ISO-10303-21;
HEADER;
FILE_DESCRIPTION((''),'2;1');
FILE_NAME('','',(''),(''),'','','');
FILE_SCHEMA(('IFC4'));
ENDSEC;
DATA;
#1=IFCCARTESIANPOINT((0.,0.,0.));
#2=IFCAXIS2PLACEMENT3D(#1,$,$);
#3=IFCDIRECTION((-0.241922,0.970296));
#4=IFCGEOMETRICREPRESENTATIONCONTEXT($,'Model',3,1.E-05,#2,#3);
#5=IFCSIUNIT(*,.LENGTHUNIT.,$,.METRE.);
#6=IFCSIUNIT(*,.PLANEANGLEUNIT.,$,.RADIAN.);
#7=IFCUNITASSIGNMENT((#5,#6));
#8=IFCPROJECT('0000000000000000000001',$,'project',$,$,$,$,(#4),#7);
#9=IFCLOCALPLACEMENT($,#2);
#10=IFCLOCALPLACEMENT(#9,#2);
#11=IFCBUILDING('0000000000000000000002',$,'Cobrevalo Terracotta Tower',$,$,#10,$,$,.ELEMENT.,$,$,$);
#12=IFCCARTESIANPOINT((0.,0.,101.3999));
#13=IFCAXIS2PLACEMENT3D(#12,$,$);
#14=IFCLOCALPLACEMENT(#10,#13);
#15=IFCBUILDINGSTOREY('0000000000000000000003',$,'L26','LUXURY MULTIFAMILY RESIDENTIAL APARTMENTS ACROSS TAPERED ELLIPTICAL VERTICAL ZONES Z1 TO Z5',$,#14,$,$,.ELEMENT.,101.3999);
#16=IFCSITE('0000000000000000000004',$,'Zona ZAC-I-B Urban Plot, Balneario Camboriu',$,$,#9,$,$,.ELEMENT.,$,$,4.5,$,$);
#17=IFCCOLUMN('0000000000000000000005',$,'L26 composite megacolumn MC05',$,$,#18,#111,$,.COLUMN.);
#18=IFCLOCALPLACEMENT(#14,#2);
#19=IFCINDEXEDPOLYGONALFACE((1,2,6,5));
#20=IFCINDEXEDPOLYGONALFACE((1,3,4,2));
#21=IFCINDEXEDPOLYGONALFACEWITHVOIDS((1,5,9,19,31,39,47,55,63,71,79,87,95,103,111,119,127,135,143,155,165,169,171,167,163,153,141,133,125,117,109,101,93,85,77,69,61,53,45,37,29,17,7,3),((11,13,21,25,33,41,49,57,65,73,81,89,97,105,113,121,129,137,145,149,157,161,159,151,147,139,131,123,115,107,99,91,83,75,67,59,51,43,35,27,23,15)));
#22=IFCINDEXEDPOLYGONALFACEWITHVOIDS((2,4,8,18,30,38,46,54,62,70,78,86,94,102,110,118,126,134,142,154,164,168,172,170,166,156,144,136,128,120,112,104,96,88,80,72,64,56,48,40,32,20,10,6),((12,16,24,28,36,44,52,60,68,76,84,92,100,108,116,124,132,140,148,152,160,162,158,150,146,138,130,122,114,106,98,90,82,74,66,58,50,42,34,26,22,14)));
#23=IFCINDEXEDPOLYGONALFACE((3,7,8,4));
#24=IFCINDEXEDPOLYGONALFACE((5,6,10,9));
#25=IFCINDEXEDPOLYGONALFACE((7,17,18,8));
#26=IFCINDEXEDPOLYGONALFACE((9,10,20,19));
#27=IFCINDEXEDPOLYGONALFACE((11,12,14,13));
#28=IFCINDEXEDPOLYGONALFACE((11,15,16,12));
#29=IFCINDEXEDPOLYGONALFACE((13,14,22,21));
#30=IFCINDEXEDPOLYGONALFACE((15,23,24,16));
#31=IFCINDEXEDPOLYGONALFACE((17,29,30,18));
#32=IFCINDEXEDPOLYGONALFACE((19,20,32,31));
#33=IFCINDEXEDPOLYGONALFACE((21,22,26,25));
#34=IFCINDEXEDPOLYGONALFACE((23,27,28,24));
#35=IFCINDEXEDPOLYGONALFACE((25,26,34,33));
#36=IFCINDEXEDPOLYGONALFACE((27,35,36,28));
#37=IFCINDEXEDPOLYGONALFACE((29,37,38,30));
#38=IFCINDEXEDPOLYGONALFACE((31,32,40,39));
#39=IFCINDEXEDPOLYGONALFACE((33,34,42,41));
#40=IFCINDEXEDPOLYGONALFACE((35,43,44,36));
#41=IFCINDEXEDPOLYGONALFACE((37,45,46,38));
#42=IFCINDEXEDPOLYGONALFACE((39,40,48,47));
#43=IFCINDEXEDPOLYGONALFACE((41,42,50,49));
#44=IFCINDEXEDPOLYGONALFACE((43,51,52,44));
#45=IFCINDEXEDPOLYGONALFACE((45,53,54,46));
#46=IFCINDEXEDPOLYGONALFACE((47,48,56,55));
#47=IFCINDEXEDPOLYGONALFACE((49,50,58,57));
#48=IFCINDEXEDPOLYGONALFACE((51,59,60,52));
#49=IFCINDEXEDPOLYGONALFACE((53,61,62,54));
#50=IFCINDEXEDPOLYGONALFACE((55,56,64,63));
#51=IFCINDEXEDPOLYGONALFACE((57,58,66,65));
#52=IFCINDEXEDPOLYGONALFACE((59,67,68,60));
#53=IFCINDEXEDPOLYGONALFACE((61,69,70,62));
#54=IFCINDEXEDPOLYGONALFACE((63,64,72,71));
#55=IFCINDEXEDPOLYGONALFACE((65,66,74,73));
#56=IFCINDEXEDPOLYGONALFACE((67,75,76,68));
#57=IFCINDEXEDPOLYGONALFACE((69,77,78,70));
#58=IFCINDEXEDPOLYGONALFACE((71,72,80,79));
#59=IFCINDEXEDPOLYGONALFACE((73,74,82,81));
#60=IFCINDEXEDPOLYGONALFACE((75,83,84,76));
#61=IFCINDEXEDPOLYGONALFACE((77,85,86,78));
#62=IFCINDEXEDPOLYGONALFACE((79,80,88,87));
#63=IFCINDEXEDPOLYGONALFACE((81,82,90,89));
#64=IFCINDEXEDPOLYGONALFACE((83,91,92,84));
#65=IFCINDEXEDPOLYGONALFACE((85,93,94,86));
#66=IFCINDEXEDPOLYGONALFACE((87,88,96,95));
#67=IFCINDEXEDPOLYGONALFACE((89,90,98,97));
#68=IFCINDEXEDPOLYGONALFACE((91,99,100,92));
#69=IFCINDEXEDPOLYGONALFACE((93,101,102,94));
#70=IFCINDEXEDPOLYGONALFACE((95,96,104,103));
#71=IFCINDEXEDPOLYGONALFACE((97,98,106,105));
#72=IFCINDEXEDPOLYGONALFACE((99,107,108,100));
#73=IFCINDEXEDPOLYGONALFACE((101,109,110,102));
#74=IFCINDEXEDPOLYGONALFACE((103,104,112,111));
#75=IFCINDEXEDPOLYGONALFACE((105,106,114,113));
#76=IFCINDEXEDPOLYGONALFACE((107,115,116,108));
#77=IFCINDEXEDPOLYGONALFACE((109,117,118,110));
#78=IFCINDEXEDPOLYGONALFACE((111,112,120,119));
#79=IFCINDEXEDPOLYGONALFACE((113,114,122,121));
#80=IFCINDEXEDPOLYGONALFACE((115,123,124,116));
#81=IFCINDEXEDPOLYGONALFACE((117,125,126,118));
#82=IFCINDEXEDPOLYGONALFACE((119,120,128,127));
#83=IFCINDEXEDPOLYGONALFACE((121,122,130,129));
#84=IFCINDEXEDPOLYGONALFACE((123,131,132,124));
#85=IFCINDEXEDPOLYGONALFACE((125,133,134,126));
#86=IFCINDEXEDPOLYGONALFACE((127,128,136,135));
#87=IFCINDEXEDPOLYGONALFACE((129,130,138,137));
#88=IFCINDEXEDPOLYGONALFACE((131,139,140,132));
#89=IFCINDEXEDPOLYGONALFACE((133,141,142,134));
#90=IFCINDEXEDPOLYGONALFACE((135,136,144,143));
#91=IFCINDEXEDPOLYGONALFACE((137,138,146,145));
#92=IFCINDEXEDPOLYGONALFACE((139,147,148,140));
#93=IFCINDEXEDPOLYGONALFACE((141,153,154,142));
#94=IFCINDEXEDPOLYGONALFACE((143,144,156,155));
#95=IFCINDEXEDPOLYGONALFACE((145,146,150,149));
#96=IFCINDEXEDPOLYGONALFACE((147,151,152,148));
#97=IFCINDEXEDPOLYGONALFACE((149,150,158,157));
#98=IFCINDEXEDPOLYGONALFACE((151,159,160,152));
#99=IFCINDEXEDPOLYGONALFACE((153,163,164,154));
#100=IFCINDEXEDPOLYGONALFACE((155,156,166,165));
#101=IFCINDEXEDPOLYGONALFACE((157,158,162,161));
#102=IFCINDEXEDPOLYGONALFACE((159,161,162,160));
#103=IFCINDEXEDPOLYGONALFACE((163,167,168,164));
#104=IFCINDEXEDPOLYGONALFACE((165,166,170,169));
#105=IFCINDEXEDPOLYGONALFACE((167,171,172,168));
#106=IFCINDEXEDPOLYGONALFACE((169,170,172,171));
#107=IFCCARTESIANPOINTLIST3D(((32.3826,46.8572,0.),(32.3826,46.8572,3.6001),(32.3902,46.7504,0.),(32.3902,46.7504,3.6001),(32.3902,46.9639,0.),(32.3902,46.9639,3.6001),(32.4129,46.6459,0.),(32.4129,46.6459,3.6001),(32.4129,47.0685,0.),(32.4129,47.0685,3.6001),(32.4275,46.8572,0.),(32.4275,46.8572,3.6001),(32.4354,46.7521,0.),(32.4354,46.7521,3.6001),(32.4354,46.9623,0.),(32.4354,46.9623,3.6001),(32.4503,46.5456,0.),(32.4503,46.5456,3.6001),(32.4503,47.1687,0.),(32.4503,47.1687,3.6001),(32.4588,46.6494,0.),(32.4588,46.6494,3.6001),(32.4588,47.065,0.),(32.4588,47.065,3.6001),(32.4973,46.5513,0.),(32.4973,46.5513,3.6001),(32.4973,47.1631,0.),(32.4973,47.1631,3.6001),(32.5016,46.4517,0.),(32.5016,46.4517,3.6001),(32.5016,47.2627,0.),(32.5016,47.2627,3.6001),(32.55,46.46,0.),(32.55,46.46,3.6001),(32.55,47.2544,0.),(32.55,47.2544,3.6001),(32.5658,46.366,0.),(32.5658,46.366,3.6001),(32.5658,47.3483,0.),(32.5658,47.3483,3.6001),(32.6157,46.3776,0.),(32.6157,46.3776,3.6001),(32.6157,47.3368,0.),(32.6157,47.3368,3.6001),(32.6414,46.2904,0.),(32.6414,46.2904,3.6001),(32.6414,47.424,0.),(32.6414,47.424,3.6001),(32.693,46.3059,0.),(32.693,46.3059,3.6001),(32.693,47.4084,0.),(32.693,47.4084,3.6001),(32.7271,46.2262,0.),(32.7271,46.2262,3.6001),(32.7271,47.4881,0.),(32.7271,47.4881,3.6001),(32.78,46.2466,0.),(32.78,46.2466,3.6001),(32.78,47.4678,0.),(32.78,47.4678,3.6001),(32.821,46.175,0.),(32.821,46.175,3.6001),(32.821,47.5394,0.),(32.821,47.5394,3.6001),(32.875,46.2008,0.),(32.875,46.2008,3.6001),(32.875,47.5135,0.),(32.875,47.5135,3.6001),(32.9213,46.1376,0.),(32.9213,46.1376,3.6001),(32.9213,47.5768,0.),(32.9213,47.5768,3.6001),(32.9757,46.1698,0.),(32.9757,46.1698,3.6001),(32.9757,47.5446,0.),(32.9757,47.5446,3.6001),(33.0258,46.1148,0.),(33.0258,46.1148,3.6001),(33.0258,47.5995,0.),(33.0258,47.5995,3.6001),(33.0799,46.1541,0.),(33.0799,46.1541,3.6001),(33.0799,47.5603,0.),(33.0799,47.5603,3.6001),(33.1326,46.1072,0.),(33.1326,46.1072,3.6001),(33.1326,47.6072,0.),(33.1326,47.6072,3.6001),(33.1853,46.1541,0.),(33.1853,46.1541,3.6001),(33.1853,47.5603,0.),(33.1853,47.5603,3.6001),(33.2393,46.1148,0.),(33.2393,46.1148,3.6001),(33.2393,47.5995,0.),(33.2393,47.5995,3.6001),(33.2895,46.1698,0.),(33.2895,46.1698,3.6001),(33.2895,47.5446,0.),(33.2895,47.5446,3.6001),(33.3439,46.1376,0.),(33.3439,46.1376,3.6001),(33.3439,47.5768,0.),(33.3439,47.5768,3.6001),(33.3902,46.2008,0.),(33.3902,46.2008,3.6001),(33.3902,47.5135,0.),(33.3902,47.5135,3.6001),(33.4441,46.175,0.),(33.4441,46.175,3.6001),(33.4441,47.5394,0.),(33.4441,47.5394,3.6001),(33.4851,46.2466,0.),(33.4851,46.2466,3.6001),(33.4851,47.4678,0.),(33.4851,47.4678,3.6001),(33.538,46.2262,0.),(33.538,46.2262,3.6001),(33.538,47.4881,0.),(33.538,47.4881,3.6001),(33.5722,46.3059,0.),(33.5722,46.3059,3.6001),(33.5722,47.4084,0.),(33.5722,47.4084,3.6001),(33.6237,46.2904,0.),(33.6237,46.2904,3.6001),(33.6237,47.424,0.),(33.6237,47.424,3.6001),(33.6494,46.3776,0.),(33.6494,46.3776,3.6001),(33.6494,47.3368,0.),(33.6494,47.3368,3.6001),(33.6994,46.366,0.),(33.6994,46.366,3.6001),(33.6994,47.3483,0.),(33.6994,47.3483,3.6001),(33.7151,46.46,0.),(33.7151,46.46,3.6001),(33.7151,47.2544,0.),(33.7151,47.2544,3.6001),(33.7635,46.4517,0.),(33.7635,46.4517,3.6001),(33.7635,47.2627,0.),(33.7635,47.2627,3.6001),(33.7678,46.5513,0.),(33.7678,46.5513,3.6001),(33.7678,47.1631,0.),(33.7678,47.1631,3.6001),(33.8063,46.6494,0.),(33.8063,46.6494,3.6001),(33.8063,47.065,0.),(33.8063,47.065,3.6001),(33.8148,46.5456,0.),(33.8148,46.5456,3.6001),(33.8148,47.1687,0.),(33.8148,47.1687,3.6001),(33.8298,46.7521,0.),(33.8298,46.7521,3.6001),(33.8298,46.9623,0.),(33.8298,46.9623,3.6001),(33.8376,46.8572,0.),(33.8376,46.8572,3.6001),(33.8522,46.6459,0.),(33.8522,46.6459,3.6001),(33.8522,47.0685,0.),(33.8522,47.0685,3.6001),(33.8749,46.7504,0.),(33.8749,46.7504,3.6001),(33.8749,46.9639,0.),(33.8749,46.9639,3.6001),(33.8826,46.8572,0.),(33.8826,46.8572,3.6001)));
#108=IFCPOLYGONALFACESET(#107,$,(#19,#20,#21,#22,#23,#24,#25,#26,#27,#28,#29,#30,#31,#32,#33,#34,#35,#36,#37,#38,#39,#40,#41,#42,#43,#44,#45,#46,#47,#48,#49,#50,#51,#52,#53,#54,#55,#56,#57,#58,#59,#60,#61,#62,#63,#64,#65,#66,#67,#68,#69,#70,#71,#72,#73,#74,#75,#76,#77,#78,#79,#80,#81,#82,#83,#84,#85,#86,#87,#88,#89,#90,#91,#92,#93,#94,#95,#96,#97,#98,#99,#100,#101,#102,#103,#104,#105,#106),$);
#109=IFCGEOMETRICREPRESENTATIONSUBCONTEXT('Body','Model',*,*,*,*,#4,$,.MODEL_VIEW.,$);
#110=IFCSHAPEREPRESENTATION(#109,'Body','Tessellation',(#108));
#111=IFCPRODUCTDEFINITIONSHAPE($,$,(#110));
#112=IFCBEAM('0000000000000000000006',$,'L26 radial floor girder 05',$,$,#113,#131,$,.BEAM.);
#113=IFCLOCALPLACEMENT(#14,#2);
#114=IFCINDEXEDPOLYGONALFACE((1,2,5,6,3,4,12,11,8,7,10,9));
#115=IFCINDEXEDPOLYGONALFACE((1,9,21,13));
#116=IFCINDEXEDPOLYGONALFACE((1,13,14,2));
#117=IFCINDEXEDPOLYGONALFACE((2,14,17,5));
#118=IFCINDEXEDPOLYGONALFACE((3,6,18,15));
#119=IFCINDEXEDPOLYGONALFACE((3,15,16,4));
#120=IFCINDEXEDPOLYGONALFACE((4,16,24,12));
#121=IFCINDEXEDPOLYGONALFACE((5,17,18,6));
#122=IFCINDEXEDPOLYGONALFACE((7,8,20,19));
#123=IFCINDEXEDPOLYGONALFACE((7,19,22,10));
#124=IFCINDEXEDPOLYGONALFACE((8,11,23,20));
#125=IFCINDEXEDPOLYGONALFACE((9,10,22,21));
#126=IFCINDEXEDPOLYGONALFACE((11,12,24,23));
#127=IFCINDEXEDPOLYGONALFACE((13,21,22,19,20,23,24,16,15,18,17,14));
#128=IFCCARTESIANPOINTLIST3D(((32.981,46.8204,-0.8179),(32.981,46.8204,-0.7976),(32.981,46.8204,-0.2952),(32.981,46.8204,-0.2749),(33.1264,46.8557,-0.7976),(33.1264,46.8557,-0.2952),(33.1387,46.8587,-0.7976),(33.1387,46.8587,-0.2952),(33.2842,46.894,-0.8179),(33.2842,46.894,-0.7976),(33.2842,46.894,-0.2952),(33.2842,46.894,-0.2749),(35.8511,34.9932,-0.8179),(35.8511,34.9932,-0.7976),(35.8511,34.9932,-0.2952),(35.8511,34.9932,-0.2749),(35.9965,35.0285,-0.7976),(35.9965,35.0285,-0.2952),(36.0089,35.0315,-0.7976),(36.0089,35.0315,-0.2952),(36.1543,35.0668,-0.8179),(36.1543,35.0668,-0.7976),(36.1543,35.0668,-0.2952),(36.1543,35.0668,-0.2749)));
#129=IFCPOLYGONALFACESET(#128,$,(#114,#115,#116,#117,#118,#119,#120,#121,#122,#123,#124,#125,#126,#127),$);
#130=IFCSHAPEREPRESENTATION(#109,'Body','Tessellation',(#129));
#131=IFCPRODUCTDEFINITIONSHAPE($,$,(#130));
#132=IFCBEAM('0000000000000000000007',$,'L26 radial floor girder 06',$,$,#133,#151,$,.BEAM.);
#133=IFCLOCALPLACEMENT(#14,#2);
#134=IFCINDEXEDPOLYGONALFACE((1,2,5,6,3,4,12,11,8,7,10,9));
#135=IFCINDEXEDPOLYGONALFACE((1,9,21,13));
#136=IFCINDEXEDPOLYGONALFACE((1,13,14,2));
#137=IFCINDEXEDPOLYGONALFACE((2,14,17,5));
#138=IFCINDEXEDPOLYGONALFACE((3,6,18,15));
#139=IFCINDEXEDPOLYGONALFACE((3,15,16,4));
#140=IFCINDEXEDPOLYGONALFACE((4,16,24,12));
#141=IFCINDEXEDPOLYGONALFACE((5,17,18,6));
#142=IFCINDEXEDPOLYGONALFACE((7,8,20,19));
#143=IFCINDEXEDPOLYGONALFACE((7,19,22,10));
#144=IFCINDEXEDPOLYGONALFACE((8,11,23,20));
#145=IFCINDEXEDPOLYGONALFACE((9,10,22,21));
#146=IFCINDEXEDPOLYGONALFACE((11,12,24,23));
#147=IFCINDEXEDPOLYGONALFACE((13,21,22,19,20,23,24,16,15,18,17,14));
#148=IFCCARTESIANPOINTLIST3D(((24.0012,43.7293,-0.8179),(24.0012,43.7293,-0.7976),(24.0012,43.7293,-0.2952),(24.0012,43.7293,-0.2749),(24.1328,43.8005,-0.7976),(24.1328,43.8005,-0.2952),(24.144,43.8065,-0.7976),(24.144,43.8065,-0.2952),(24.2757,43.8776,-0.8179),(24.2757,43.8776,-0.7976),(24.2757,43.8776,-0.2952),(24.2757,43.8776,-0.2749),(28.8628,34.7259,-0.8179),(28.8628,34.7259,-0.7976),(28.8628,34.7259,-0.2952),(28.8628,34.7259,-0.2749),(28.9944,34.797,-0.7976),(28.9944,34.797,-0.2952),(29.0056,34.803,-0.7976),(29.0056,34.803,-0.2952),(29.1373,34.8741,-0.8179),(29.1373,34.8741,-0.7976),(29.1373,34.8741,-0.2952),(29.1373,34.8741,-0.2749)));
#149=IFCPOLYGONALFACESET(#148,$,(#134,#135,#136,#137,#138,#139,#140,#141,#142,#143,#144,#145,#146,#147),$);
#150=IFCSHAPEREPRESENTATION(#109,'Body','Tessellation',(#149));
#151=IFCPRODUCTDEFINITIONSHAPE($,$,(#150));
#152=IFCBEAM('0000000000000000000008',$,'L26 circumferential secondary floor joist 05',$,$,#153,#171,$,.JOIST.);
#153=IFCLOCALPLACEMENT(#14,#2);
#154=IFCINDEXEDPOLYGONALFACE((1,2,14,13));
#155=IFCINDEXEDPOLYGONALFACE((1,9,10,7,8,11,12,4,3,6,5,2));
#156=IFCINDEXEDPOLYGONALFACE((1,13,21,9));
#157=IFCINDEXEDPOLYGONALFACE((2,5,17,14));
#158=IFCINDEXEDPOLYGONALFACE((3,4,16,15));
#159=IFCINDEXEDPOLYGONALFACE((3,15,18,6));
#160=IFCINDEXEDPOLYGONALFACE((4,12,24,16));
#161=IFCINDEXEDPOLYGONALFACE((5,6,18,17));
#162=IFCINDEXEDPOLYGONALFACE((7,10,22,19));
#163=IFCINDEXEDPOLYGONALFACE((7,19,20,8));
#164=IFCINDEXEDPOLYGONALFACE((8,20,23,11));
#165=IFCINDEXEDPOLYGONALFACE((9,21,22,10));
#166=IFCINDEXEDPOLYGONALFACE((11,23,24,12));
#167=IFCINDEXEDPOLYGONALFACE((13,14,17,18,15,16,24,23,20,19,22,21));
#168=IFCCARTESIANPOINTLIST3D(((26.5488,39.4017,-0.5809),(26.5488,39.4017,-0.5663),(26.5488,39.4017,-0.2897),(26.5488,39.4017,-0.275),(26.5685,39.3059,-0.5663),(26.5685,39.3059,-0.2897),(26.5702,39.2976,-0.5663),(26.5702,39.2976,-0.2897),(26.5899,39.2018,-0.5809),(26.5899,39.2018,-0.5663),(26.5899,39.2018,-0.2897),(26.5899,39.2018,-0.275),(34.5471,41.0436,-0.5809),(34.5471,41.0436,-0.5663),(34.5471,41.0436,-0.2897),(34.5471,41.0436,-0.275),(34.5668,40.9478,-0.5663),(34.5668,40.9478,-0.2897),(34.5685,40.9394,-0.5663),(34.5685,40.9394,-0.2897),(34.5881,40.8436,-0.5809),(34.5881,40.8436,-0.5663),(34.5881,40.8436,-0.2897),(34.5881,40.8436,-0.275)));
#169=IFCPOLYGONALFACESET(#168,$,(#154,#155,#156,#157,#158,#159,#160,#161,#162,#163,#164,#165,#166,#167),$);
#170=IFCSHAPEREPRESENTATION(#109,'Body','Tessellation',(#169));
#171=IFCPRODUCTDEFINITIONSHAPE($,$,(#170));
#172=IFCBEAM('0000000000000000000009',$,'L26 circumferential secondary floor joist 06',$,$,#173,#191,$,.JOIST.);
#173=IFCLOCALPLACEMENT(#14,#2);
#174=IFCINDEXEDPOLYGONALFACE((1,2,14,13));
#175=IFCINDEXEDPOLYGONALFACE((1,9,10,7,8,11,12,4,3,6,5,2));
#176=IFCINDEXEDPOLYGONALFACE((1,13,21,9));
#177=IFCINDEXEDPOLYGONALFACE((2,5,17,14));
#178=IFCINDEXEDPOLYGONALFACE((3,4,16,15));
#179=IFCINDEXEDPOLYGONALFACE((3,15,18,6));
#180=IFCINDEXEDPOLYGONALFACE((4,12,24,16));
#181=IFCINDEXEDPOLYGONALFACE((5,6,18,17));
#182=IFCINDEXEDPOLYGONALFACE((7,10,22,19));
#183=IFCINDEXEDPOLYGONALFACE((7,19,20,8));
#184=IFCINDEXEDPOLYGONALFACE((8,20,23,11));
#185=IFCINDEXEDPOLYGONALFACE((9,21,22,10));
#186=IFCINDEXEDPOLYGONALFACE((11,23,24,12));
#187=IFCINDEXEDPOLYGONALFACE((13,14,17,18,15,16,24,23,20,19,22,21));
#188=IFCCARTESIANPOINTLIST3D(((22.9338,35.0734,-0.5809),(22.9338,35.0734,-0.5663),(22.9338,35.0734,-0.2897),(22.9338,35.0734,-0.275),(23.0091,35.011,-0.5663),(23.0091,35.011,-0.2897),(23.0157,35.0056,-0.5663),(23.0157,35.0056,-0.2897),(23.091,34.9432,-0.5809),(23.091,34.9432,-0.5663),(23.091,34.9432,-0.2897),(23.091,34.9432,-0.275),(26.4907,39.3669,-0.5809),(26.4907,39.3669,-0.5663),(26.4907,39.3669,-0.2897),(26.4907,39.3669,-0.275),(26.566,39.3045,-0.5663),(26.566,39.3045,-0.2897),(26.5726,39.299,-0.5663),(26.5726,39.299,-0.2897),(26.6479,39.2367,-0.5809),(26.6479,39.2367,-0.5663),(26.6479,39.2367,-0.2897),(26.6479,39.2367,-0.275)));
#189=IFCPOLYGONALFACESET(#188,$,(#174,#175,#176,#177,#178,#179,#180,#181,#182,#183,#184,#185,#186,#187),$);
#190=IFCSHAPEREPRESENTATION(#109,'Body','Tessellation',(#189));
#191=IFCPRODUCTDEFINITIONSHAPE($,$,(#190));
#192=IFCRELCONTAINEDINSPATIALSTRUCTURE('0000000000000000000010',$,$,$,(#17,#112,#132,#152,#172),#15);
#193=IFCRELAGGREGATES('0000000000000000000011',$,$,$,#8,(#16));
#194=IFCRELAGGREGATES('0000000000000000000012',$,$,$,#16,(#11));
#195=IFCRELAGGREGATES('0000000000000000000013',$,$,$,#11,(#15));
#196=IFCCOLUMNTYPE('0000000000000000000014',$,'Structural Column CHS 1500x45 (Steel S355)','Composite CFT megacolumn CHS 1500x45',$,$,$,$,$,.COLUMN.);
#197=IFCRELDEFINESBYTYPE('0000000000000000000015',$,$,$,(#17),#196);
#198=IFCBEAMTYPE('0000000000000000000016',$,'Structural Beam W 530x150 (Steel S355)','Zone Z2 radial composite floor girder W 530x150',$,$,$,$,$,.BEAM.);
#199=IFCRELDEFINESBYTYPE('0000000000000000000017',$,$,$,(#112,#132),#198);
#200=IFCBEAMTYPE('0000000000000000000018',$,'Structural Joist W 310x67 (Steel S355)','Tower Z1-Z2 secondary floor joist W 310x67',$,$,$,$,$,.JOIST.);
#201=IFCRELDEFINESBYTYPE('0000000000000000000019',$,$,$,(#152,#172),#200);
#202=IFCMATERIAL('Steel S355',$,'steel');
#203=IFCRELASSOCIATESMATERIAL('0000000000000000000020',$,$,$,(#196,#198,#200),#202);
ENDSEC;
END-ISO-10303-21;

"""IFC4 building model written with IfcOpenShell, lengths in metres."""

from ifc_helpers import new_model, si_unit, direction, frame, origin, origin_2d, place, context, subcontext, project, spatial, hollow_circle, i_section, extrude, material, material_profile, profile_set, type_object, element, save


model = new_model("IFC4")

# Units and contexts
model_context = context("Model", 3, precision=1e-05, world=origin(), true_north=direction((-0.241922, 0.970296)))
body_context = subcontext(model_context, "Body", "Model", "MODEL_VIEW")
ifc_project = project(units=[si_unit("LENGTHUNIT", "METRE"), si_unit("PLANEANGLEUNIT", "RADIAN")], contexts=[model_context])

# Site, building, storey
site_placement = place(None, origin())
site = spatial("IfcSite", under=ifc_project, at=site_placement, Name="Zona ZAC-I-B Urban Plot, Balneario Camboriu", CompositionType="ELEMENT", RefElevation=4.5)
building_placement = place(site_placement, origin())
building = spatial("IfcBuilding", under=site, at=building_placement, Name="Cobrevalo Terracotta Tower", CompositionType="ELEMENT")
storey_placement = place(building_placement, frame((0.0, 0.0, 101.3999)))
storey = spatial("IfcBuildingStorey", under=building, at=storey_placement, Name="L26", Description="LUXURY MULTIFAMILY RESIDENTIAL APARTMENTS ACROSS TAPERED ELLIPTICAL VERTICAL ZONES Z1 TO Z5", CompositionType="ELEMENT", Elevation=101.3999)

# Column
ifc_material_1 = material(Name="Steel S355", Category="steel")
ifc_material_profile_1 = material_profile(ifc_material_1, hollow_circle(Radius=0.75, WallThickness=0.0449, at=origin_2d()), Name="CHS 1500x45")
ifc_profile_set_1 = profile_set([ifc_material_profile_1], Name="Steel S355")
column_type = type_object("IfcColumnType", Name="Structural Column CHS 1500x45 (Steel S355)", Description="Composite CFT megacolumn CHS 1500x45", PredefinedType="COLUMN", material=ifc_profile_set_1)
column_placement = place(storey_placement, frame((33.1326, 46.8572, 0.0), z_axis=(0.0, 0.0, 1.0), x_axis=(1.0, 0.0, 0.0)))
element("IfcColumn", 1, at=column_placement, inside=storey, type_object=column_type, Name="L26 composite megacolumn MC05", PredefinedType="COLUMN", context=body_context, shape_type="SweptSolid", body=[
    extrude(hollow_circle(Radius=0.75, WallThickness=0.0449, at=origin_2d()), origin(), (0.0, 0.0, 1.0), 3.6001),
])

# Beams
ifc_material_profile_2 = material_profile(ifc_material_1, i_section(OverallWidth=0.312, OverallDepth=0.543, WebThickness=0.0127, FlangeThickness=0.0203, at=origin_2d()), Name="W 530x150")
ifc_profile_set_2 = profile_set([ifc_material_profile_2], Name="Steel S355")
beam_type_1 = type_object("IfcBeamType", Name="Structural Beam W 530x150 (Steel S355)", Description="Zone Z2 radial composite floor girder W 530x150", PredefinedType="BEAM", material=ifc_profile_set_2)
beam_1_placement = place(storey_placement, frame((33.1326, 46.8572, -0.5464), z_axis=(0.235827, -0.971795, 0.0), x_axis=(0.971795, 0.235827, 0.0)))
element("IfcBeam", 2, at=beam_1_placement, inside=storey, type_object=beam_type_1, Name="L26 radial floor girder 05", PredefinedType="BEAM", context=body_context, shape_type="SweptSolid", body=[
    extrude(i_section(OverallWidth=0.312, OverallDepth=0.543, WebThickness=0.0127, FlangeThickness=0.0203, at=origin_2d()), origin(), (0.0, 0.0, 1.0), 12.1704),
])
beam_2_placement = place(storey_placement, frame((24.1384, 43.8035, -0.5464), z_axis=(0.475128, -0.879917, 0.0), x_axis=(0.879917, 0.475128, 0.0)))
element("IfcBeam", 3, at=beam_2_placement, inside=storey, type_object=beam_type_1, Name="L26 radial floor girder 06", PredefinedType="BEAM", context=body_context, shape_type="SweptSolid", body=[
    extrude(i_section(OverallWidth=0.312, OverallDepth=0.543, WebThickness=0.0127, FlangeThickness=0.0203, at=origin_2d()), origin(), (0.0, 0.0, 1.0), 10.2322),
])
ifc_material_profile_3 = material_profile(ifc_material_1, i_section(OverallWidth=0.2041, OverallDepth=0.3059, WebThickness=0.0085, FlangeThickness=0.0146, at=origin_2d()), Name="W 310x67")
ifc_profile_set_3 = profile_set([ifc_material_profile_3], Name="Steel S355")
beam_type_2 = type_object("IfcBeamType", Name="Structural Joist W 310x67 (Steel S355)", Description="Tower Z1-Z2 secondary floor joist W 310x67", PredefinedType="JOIST", material=ifc_profile_set_3)
beam_3_placement = place(storey_placement, frame((34.5676, 40.9436, -0.428), z_axis=(-0.979574, -0.201082, 0.0), x_axis=(0.201082, -0.979574, 0.0)))
element("IfcBeam", 4, at=beam_3_placement, inside=storey, type_object=beam_type_2, Name="L26 circumferential secondary floor joist 05", PredefinedType="JOIST", context=body_context, shape_type="SweptSolid", body=[
    extrude(i_section(OverallWidth=0.2041, OverallDepth=0.3059, WebThickness=0.0085, FlangeThickness=0.0146, at=origin_2d()), origin(), (0.0, 0.0, 1.0), 8.165),
])
beam_4_placement = place(storey_placement, frame((26.5693, 39.3018, -0.428), z_axis=(-0.637959, -0.77007, 0.0), x_axis=(0.77007, -0.637959, 0.0)))
element("IfcBeam", 5, at=beam_4_placement, inside=storey, type_object=beam_type_2, Name="L26 circumferential secondary floor joist 06", PredefinedType="JOIST", context=body_context, shape_type="SweptSolid", body=[
    extrude(i_section(OverallWidth=0.2041, OverallDepth=0.3059, WebThickness=0.0085, FlangeThickness=0.0146, at=origin_2d()), origin(), (0.0, 0.0, 1.0), 5.5754),
])

save(model, "model.ifc")
